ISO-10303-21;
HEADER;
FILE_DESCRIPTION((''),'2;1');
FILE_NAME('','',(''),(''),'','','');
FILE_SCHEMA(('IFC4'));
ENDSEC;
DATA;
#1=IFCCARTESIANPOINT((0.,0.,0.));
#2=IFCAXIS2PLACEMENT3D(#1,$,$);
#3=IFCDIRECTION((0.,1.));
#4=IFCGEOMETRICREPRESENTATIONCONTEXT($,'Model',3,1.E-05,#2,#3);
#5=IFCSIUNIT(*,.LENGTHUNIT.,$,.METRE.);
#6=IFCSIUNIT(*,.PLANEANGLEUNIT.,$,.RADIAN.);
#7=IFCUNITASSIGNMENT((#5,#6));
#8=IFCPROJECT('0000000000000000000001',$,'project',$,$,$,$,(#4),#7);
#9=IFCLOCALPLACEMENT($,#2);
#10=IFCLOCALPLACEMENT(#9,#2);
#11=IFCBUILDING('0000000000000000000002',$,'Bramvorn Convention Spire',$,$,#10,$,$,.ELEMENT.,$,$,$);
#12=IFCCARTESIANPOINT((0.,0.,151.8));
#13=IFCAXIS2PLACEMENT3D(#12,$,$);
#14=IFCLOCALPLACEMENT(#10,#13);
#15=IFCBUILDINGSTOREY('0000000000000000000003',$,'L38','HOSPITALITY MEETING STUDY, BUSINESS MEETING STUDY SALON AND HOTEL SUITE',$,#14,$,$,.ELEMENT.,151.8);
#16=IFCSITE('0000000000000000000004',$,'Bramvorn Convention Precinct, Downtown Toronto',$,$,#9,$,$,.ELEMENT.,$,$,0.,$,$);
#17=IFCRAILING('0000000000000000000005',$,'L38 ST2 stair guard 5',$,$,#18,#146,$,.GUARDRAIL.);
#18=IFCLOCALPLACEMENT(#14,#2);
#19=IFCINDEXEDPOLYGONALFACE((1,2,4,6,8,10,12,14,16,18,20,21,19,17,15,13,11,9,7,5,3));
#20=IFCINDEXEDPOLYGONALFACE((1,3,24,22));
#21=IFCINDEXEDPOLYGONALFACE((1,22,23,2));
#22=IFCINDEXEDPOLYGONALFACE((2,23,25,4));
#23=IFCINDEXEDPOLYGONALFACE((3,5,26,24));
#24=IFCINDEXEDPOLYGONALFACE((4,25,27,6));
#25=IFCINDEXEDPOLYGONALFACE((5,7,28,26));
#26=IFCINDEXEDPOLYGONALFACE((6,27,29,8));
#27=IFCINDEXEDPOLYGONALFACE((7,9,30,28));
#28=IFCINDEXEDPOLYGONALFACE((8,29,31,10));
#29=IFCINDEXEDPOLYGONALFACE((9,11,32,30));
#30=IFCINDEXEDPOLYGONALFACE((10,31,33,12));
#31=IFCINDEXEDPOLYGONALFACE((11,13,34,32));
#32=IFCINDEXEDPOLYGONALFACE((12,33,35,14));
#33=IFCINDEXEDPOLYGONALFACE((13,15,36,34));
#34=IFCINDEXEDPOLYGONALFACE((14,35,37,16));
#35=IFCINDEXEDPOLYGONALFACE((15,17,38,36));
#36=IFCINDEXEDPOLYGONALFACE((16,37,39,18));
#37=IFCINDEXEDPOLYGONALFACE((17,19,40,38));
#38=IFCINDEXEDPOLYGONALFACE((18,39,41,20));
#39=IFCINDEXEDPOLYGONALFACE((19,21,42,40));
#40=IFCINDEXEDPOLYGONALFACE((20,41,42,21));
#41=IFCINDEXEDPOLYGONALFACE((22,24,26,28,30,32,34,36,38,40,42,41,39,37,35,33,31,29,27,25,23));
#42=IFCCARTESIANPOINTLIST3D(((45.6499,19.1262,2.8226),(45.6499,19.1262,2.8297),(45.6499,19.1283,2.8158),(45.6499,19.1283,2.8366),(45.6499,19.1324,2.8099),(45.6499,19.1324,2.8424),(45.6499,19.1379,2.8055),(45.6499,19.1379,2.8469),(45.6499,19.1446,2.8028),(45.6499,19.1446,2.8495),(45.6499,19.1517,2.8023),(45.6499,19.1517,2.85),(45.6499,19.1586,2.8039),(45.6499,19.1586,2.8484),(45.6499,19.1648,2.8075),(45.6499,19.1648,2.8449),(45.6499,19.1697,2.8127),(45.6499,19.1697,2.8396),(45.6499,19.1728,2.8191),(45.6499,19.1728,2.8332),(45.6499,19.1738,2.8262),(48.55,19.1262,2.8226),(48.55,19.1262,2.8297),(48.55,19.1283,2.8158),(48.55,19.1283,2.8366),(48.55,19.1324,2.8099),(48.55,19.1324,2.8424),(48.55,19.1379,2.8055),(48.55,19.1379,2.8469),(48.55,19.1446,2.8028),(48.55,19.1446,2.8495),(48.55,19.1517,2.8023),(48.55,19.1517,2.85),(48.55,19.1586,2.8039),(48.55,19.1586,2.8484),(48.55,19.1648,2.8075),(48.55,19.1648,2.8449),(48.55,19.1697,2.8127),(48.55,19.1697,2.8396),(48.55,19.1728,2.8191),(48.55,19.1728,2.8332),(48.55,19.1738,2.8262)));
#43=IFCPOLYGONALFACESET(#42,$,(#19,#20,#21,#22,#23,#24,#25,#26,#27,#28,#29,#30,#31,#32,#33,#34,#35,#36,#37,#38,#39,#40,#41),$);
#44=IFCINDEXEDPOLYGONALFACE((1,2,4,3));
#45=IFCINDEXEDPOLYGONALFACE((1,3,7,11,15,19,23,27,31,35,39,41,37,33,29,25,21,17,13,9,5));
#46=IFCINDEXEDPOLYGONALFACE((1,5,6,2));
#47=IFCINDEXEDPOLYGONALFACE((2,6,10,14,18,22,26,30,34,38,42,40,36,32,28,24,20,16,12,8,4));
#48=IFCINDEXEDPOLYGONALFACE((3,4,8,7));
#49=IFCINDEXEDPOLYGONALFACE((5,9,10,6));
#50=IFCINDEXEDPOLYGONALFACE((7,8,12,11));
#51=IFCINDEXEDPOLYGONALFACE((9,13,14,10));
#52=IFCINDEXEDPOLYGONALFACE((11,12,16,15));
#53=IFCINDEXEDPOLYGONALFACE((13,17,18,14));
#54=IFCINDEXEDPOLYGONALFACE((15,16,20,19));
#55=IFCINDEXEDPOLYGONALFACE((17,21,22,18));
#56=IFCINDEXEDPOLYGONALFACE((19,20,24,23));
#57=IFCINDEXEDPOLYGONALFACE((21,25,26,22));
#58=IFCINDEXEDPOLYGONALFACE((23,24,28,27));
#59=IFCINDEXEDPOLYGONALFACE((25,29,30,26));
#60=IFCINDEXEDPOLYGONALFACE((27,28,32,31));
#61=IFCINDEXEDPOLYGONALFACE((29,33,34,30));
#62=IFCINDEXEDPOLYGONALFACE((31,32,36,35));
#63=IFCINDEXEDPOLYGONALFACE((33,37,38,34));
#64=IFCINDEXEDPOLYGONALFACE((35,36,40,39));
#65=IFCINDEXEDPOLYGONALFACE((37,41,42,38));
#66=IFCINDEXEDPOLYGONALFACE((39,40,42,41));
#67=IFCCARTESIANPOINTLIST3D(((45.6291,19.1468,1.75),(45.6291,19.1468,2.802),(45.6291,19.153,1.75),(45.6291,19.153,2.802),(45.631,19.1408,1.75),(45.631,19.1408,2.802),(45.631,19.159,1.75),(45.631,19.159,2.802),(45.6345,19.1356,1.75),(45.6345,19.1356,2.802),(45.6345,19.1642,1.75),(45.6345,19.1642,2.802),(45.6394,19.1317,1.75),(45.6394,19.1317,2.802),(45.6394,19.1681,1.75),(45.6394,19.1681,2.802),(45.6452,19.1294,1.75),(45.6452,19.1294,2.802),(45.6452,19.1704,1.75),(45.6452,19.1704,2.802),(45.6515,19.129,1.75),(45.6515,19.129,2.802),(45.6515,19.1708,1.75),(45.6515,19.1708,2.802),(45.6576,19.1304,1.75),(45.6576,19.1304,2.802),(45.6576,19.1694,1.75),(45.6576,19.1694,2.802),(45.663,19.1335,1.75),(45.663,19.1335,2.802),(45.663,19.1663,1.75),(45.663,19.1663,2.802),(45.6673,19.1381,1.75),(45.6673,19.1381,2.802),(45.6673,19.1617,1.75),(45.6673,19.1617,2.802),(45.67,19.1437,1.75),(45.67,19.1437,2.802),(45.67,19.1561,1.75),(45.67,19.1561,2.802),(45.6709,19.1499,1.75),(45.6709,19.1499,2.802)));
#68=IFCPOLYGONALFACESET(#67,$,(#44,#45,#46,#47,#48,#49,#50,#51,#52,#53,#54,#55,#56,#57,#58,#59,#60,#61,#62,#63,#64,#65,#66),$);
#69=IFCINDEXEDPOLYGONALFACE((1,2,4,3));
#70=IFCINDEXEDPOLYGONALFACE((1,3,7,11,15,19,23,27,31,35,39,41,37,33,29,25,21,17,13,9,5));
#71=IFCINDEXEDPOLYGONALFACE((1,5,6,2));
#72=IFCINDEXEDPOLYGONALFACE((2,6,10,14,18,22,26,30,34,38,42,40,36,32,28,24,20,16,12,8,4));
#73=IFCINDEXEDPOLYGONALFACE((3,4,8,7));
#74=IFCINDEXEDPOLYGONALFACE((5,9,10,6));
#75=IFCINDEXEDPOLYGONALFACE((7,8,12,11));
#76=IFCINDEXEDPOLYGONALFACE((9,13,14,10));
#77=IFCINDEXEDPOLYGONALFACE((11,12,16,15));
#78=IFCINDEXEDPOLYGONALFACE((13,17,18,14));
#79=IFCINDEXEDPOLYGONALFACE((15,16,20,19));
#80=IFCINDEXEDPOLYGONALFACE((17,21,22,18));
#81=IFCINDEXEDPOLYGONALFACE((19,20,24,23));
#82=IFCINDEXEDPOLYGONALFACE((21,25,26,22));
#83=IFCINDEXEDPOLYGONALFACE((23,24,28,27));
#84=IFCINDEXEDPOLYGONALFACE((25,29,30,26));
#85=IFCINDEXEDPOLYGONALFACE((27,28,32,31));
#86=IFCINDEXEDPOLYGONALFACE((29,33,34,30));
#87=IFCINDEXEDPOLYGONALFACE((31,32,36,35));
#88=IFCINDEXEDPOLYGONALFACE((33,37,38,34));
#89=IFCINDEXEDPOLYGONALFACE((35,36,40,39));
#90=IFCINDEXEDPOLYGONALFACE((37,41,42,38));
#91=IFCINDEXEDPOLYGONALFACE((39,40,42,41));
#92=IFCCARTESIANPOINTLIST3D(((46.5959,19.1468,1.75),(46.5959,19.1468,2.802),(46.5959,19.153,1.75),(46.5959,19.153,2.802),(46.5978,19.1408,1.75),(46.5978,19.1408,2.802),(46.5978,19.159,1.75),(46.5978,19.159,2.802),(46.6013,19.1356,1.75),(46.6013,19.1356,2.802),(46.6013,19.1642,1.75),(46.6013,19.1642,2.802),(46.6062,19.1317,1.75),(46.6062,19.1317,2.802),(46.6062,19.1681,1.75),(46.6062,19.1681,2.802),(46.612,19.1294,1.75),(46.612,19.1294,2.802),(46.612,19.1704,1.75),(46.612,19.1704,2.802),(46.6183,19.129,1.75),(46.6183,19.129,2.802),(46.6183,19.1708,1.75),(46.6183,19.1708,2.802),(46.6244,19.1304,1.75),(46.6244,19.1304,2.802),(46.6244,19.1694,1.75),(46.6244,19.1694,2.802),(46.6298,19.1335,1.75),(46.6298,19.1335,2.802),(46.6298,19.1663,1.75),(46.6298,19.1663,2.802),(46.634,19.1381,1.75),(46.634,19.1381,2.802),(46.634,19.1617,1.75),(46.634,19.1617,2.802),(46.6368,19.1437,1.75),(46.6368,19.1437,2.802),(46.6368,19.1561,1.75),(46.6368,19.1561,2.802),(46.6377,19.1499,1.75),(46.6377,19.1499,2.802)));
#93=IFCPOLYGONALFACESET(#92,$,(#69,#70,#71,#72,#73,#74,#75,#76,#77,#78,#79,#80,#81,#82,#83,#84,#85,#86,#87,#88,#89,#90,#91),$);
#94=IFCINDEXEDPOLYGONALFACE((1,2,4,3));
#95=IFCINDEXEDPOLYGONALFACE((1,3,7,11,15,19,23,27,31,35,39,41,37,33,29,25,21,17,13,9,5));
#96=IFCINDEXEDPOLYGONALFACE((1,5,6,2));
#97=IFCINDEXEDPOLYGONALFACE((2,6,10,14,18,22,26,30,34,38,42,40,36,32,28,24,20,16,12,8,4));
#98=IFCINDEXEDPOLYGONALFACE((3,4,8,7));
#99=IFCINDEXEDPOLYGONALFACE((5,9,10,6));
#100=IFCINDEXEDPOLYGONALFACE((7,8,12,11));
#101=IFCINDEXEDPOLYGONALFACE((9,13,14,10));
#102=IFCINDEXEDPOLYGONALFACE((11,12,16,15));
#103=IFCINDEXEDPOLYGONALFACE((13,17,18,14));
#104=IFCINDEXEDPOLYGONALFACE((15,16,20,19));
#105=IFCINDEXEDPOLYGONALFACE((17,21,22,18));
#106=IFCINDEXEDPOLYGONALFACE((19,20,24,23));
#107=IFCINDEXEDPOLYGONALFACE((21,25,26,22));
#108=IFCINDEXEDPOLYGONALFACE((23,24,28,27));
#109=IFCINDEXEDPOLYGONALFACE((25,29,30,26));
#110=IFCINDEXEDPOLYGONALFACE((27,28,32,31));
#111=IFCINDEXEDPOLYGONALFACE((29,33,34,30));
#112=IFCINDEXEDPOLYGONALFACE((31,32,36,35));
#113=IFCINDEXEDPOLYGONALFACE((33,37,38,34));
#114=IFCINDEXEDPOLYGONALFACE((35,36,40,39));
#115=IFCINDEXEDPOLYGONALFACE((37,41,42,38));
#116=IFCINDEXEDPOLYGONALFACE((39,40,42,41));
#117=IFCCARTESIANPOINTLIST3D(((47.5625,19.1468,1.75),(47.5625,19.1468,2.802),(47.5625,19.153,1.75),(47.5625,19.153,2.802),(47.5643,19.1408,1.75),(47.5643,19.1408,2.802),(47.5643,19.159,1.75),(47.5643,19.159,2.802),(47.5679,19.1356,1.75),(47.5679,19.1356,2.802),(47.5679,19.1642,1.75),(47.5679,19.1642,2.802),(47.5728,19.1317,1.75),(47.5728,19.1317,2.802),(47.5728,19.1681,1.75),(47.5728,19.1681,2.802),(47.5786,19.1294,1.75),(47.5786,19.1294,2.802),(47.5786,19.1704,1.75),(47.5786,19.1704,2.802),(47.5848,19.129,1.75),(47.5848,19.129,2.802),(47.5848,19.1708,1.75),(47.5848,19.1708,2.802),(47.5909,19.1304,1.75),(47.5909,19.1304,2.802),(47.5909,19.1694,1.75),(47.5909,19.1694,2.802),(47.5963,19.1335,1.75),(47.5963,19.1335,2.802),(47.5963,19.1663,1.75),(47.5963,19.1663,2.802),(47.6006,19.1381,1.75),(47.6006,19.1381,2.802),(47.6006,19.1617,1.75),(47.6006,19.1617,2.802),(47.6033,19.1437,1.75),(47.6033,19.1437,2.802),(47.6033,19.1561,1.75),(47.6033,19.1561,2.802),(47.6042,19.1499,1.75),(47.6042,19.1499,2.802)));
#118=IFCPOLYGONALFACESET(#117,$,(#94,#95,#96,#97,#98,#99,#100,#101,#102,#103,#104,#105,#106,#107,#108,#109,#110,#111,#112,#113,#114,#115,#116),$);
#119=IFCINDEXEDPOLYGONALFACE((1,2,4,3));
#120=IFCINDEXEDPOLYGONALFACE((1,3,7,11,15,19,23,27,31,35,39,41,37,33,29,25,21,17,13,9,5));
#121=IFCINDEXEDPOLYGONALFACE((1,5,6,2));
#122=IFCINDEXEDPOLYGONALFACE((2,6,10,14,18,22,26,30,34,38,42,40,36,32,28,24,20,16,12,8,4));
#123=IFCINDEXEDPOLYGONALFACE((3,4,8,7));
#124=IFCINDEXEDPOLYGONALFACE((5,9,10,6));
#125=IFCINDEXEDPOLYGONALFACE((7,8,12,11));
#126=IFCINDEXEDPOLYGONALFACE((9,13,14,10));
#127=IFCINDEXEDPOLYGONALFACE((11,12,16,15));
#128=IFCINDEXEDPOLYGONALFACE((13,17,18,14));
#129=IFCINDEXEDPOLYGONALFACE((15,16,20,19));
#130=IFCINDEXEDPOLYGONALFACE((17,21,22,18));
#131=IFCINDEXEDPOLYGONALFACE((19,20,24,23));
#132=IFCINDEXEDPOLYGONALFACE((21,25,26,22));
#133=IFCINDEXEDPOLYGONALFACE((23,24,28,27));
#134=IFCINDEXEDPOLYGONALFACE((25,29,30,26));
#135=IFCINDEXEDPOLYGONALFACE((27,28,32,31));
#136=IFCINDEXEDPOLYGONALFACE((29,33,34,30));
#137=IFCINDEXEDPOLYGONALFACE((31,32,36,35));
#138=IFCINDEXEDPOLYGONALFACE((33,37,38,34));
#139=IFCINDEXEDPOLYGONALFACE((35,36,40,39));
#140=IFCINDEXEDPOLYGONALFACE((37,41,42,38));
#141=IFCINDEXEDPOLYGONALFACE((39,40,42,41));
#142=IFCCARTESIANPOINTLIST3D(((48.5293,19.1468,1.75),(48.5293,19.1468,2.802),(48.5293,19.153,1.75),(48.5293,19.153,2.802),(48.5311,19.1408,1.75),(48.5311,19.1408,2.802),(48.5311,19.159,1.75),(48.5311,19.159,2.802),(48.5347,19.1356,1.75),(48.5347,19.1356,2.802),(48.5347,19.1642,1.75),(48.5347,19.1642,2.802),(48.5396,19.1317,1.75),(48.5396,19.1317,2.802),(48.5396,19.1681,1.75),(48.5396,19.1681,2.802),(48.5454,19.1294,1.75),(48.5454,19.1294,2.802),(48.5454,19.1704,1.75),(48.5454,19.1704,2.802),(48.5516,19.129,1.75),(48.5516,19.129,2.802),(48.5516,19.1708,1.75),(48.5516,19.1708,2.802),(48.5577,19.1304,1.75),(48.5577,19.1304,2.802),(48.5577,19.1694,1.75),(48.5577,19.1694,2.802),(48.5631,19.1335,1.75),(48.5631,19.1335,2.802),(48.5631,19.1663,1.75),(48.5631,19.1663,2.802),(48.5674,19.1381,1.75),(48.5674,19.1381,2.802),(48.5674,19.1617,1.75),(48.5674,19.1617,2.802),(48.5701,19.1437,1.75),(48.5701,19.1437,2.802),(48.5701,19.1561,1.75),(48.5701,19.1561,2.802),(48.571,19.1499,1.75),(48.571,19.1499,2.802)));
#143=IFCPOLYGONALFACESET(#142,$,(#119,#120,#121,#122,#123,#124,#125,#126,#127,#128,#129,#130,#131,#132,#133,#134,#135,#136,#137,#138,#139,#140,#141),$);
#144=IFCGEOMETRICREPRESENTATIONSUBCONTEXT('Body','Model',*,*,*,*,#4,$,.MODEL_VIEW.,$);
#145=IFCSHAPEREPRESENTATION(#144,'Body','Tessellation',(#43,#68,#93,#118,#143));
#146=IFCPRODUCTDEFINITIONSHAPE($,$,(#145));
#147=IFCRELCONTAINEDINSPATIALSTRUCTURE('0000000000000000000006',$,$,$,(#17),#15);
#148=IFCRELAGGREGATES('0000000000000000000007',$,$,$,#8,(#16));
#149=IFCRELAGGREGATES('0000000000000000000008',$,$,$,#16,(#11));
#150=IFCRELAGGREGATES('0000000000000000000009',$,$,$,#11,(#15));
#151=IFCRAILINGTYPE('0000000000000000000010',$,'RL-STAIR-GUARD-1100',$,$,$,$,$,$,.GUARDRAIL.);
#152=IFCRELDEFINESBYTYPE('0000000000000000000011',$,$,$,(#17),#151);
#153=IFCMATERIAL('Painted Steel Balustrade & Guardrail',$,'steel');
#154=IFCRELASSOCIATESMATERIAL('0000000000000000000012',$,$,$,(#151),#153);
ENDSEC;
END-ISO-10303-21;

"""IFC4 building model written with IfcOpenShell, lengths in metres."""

from ifc_helpers import new_model, si_unit, direction, frame, origin, origin_2d, place, context, subcontext, project, spatial, circle, extrude, material, type_object, element, save


model = new_model("IFC4")

# Units and contexts
model_context = context("Model", 3, precision=1e-05, world=origin(), true_north=direction((0.0, 1.0)))
body_context = subcontext(model_context, "Body", "Model", "MODEL_VIEW")
ifc_project = project(units=[si_unit("LENGTHUNIT", "METRE"), si_unit("PLANEANGLEUNIT", "RADIAN")], contexts=[model_context])

# Site, building, storey
site_placement = place(None, origin())
site = spatial("IfcSite", under=ifc_project, at=site_placement, Name="Bramvorn Convention Precinct, Downtown Toronto", CompositionType="ELEMENT", RefElevation=0.0)
building_placement = place(site_placement, origin())
building = spatial("IfcBuilding", under=site, at=building_placement, Name="Bramvorn Convention Spire", CompositionType="ELEMENT")
storey_placement = place(building_placement, frame((0.0, 0.0, 151.8)))
storey = spatial("IfcBuildingStorey", under=building, at=storey_placement, Name="L38", Description="HOSPITALITY MEETING STUDY, BUSINESS MEETING STUDY SALON AND HOTEL SUITE", CompositionType="ELEMENT", Elevation=151.8)

# Railing
ifc_material_1 = material(Name="Painted Steel Balustrade & Guardrail", Category="steel")
railing_type_1 = type_object("IfcRailingType", Name="RL-STAIR-GUARD-1100", PredefinedType="GUARDRAIL", material=ifc_material_1)
railing_1_placement = place(storey_placement, frame((45.6499, 19.1499, 1.75)))
element("IfcRailing", 1, at=railing_1_placement, inside=storey, type_object=railing_type_1, Name="L38 ST2 stair guard 5", PredefinedType="GUARDRAIL", context=body_context, shape_type="SweptSolid", body=[
    extrude(circle(Radius=0.0239, at=origin_2d()), frame((0.0, 0.0, 1.0762), z_axis=(1.0, 0.0, 0.0), x_axis=(0.0, 1.0, 0.0)), (0.0, 0.0, 1.0), 2.9001),
    extrude(circle(Radius=0.021, at=origin_2d()), origin(), (0.0, 0.0, 1.0), 1.052),
    extrude(circle(Radius=0.021, at=origin_2d()), frame((0.9668, 0.0, 0.0)), (0.0, 0.0, 1.0), 1.052),
    extrude(circle(Radius=0.021, at=origin_2d()), frame((1.9333, 0.0, 0.0)), (0.0, 0.0, 1.0), 1.052),
    extrude(circle(Radius=0.021, at=origin_2d()), frame((2.9001, 0.0, 0.0)), (0.0, 0.0, 1.0), 1.052),
])

save(model, "model.ifc")
